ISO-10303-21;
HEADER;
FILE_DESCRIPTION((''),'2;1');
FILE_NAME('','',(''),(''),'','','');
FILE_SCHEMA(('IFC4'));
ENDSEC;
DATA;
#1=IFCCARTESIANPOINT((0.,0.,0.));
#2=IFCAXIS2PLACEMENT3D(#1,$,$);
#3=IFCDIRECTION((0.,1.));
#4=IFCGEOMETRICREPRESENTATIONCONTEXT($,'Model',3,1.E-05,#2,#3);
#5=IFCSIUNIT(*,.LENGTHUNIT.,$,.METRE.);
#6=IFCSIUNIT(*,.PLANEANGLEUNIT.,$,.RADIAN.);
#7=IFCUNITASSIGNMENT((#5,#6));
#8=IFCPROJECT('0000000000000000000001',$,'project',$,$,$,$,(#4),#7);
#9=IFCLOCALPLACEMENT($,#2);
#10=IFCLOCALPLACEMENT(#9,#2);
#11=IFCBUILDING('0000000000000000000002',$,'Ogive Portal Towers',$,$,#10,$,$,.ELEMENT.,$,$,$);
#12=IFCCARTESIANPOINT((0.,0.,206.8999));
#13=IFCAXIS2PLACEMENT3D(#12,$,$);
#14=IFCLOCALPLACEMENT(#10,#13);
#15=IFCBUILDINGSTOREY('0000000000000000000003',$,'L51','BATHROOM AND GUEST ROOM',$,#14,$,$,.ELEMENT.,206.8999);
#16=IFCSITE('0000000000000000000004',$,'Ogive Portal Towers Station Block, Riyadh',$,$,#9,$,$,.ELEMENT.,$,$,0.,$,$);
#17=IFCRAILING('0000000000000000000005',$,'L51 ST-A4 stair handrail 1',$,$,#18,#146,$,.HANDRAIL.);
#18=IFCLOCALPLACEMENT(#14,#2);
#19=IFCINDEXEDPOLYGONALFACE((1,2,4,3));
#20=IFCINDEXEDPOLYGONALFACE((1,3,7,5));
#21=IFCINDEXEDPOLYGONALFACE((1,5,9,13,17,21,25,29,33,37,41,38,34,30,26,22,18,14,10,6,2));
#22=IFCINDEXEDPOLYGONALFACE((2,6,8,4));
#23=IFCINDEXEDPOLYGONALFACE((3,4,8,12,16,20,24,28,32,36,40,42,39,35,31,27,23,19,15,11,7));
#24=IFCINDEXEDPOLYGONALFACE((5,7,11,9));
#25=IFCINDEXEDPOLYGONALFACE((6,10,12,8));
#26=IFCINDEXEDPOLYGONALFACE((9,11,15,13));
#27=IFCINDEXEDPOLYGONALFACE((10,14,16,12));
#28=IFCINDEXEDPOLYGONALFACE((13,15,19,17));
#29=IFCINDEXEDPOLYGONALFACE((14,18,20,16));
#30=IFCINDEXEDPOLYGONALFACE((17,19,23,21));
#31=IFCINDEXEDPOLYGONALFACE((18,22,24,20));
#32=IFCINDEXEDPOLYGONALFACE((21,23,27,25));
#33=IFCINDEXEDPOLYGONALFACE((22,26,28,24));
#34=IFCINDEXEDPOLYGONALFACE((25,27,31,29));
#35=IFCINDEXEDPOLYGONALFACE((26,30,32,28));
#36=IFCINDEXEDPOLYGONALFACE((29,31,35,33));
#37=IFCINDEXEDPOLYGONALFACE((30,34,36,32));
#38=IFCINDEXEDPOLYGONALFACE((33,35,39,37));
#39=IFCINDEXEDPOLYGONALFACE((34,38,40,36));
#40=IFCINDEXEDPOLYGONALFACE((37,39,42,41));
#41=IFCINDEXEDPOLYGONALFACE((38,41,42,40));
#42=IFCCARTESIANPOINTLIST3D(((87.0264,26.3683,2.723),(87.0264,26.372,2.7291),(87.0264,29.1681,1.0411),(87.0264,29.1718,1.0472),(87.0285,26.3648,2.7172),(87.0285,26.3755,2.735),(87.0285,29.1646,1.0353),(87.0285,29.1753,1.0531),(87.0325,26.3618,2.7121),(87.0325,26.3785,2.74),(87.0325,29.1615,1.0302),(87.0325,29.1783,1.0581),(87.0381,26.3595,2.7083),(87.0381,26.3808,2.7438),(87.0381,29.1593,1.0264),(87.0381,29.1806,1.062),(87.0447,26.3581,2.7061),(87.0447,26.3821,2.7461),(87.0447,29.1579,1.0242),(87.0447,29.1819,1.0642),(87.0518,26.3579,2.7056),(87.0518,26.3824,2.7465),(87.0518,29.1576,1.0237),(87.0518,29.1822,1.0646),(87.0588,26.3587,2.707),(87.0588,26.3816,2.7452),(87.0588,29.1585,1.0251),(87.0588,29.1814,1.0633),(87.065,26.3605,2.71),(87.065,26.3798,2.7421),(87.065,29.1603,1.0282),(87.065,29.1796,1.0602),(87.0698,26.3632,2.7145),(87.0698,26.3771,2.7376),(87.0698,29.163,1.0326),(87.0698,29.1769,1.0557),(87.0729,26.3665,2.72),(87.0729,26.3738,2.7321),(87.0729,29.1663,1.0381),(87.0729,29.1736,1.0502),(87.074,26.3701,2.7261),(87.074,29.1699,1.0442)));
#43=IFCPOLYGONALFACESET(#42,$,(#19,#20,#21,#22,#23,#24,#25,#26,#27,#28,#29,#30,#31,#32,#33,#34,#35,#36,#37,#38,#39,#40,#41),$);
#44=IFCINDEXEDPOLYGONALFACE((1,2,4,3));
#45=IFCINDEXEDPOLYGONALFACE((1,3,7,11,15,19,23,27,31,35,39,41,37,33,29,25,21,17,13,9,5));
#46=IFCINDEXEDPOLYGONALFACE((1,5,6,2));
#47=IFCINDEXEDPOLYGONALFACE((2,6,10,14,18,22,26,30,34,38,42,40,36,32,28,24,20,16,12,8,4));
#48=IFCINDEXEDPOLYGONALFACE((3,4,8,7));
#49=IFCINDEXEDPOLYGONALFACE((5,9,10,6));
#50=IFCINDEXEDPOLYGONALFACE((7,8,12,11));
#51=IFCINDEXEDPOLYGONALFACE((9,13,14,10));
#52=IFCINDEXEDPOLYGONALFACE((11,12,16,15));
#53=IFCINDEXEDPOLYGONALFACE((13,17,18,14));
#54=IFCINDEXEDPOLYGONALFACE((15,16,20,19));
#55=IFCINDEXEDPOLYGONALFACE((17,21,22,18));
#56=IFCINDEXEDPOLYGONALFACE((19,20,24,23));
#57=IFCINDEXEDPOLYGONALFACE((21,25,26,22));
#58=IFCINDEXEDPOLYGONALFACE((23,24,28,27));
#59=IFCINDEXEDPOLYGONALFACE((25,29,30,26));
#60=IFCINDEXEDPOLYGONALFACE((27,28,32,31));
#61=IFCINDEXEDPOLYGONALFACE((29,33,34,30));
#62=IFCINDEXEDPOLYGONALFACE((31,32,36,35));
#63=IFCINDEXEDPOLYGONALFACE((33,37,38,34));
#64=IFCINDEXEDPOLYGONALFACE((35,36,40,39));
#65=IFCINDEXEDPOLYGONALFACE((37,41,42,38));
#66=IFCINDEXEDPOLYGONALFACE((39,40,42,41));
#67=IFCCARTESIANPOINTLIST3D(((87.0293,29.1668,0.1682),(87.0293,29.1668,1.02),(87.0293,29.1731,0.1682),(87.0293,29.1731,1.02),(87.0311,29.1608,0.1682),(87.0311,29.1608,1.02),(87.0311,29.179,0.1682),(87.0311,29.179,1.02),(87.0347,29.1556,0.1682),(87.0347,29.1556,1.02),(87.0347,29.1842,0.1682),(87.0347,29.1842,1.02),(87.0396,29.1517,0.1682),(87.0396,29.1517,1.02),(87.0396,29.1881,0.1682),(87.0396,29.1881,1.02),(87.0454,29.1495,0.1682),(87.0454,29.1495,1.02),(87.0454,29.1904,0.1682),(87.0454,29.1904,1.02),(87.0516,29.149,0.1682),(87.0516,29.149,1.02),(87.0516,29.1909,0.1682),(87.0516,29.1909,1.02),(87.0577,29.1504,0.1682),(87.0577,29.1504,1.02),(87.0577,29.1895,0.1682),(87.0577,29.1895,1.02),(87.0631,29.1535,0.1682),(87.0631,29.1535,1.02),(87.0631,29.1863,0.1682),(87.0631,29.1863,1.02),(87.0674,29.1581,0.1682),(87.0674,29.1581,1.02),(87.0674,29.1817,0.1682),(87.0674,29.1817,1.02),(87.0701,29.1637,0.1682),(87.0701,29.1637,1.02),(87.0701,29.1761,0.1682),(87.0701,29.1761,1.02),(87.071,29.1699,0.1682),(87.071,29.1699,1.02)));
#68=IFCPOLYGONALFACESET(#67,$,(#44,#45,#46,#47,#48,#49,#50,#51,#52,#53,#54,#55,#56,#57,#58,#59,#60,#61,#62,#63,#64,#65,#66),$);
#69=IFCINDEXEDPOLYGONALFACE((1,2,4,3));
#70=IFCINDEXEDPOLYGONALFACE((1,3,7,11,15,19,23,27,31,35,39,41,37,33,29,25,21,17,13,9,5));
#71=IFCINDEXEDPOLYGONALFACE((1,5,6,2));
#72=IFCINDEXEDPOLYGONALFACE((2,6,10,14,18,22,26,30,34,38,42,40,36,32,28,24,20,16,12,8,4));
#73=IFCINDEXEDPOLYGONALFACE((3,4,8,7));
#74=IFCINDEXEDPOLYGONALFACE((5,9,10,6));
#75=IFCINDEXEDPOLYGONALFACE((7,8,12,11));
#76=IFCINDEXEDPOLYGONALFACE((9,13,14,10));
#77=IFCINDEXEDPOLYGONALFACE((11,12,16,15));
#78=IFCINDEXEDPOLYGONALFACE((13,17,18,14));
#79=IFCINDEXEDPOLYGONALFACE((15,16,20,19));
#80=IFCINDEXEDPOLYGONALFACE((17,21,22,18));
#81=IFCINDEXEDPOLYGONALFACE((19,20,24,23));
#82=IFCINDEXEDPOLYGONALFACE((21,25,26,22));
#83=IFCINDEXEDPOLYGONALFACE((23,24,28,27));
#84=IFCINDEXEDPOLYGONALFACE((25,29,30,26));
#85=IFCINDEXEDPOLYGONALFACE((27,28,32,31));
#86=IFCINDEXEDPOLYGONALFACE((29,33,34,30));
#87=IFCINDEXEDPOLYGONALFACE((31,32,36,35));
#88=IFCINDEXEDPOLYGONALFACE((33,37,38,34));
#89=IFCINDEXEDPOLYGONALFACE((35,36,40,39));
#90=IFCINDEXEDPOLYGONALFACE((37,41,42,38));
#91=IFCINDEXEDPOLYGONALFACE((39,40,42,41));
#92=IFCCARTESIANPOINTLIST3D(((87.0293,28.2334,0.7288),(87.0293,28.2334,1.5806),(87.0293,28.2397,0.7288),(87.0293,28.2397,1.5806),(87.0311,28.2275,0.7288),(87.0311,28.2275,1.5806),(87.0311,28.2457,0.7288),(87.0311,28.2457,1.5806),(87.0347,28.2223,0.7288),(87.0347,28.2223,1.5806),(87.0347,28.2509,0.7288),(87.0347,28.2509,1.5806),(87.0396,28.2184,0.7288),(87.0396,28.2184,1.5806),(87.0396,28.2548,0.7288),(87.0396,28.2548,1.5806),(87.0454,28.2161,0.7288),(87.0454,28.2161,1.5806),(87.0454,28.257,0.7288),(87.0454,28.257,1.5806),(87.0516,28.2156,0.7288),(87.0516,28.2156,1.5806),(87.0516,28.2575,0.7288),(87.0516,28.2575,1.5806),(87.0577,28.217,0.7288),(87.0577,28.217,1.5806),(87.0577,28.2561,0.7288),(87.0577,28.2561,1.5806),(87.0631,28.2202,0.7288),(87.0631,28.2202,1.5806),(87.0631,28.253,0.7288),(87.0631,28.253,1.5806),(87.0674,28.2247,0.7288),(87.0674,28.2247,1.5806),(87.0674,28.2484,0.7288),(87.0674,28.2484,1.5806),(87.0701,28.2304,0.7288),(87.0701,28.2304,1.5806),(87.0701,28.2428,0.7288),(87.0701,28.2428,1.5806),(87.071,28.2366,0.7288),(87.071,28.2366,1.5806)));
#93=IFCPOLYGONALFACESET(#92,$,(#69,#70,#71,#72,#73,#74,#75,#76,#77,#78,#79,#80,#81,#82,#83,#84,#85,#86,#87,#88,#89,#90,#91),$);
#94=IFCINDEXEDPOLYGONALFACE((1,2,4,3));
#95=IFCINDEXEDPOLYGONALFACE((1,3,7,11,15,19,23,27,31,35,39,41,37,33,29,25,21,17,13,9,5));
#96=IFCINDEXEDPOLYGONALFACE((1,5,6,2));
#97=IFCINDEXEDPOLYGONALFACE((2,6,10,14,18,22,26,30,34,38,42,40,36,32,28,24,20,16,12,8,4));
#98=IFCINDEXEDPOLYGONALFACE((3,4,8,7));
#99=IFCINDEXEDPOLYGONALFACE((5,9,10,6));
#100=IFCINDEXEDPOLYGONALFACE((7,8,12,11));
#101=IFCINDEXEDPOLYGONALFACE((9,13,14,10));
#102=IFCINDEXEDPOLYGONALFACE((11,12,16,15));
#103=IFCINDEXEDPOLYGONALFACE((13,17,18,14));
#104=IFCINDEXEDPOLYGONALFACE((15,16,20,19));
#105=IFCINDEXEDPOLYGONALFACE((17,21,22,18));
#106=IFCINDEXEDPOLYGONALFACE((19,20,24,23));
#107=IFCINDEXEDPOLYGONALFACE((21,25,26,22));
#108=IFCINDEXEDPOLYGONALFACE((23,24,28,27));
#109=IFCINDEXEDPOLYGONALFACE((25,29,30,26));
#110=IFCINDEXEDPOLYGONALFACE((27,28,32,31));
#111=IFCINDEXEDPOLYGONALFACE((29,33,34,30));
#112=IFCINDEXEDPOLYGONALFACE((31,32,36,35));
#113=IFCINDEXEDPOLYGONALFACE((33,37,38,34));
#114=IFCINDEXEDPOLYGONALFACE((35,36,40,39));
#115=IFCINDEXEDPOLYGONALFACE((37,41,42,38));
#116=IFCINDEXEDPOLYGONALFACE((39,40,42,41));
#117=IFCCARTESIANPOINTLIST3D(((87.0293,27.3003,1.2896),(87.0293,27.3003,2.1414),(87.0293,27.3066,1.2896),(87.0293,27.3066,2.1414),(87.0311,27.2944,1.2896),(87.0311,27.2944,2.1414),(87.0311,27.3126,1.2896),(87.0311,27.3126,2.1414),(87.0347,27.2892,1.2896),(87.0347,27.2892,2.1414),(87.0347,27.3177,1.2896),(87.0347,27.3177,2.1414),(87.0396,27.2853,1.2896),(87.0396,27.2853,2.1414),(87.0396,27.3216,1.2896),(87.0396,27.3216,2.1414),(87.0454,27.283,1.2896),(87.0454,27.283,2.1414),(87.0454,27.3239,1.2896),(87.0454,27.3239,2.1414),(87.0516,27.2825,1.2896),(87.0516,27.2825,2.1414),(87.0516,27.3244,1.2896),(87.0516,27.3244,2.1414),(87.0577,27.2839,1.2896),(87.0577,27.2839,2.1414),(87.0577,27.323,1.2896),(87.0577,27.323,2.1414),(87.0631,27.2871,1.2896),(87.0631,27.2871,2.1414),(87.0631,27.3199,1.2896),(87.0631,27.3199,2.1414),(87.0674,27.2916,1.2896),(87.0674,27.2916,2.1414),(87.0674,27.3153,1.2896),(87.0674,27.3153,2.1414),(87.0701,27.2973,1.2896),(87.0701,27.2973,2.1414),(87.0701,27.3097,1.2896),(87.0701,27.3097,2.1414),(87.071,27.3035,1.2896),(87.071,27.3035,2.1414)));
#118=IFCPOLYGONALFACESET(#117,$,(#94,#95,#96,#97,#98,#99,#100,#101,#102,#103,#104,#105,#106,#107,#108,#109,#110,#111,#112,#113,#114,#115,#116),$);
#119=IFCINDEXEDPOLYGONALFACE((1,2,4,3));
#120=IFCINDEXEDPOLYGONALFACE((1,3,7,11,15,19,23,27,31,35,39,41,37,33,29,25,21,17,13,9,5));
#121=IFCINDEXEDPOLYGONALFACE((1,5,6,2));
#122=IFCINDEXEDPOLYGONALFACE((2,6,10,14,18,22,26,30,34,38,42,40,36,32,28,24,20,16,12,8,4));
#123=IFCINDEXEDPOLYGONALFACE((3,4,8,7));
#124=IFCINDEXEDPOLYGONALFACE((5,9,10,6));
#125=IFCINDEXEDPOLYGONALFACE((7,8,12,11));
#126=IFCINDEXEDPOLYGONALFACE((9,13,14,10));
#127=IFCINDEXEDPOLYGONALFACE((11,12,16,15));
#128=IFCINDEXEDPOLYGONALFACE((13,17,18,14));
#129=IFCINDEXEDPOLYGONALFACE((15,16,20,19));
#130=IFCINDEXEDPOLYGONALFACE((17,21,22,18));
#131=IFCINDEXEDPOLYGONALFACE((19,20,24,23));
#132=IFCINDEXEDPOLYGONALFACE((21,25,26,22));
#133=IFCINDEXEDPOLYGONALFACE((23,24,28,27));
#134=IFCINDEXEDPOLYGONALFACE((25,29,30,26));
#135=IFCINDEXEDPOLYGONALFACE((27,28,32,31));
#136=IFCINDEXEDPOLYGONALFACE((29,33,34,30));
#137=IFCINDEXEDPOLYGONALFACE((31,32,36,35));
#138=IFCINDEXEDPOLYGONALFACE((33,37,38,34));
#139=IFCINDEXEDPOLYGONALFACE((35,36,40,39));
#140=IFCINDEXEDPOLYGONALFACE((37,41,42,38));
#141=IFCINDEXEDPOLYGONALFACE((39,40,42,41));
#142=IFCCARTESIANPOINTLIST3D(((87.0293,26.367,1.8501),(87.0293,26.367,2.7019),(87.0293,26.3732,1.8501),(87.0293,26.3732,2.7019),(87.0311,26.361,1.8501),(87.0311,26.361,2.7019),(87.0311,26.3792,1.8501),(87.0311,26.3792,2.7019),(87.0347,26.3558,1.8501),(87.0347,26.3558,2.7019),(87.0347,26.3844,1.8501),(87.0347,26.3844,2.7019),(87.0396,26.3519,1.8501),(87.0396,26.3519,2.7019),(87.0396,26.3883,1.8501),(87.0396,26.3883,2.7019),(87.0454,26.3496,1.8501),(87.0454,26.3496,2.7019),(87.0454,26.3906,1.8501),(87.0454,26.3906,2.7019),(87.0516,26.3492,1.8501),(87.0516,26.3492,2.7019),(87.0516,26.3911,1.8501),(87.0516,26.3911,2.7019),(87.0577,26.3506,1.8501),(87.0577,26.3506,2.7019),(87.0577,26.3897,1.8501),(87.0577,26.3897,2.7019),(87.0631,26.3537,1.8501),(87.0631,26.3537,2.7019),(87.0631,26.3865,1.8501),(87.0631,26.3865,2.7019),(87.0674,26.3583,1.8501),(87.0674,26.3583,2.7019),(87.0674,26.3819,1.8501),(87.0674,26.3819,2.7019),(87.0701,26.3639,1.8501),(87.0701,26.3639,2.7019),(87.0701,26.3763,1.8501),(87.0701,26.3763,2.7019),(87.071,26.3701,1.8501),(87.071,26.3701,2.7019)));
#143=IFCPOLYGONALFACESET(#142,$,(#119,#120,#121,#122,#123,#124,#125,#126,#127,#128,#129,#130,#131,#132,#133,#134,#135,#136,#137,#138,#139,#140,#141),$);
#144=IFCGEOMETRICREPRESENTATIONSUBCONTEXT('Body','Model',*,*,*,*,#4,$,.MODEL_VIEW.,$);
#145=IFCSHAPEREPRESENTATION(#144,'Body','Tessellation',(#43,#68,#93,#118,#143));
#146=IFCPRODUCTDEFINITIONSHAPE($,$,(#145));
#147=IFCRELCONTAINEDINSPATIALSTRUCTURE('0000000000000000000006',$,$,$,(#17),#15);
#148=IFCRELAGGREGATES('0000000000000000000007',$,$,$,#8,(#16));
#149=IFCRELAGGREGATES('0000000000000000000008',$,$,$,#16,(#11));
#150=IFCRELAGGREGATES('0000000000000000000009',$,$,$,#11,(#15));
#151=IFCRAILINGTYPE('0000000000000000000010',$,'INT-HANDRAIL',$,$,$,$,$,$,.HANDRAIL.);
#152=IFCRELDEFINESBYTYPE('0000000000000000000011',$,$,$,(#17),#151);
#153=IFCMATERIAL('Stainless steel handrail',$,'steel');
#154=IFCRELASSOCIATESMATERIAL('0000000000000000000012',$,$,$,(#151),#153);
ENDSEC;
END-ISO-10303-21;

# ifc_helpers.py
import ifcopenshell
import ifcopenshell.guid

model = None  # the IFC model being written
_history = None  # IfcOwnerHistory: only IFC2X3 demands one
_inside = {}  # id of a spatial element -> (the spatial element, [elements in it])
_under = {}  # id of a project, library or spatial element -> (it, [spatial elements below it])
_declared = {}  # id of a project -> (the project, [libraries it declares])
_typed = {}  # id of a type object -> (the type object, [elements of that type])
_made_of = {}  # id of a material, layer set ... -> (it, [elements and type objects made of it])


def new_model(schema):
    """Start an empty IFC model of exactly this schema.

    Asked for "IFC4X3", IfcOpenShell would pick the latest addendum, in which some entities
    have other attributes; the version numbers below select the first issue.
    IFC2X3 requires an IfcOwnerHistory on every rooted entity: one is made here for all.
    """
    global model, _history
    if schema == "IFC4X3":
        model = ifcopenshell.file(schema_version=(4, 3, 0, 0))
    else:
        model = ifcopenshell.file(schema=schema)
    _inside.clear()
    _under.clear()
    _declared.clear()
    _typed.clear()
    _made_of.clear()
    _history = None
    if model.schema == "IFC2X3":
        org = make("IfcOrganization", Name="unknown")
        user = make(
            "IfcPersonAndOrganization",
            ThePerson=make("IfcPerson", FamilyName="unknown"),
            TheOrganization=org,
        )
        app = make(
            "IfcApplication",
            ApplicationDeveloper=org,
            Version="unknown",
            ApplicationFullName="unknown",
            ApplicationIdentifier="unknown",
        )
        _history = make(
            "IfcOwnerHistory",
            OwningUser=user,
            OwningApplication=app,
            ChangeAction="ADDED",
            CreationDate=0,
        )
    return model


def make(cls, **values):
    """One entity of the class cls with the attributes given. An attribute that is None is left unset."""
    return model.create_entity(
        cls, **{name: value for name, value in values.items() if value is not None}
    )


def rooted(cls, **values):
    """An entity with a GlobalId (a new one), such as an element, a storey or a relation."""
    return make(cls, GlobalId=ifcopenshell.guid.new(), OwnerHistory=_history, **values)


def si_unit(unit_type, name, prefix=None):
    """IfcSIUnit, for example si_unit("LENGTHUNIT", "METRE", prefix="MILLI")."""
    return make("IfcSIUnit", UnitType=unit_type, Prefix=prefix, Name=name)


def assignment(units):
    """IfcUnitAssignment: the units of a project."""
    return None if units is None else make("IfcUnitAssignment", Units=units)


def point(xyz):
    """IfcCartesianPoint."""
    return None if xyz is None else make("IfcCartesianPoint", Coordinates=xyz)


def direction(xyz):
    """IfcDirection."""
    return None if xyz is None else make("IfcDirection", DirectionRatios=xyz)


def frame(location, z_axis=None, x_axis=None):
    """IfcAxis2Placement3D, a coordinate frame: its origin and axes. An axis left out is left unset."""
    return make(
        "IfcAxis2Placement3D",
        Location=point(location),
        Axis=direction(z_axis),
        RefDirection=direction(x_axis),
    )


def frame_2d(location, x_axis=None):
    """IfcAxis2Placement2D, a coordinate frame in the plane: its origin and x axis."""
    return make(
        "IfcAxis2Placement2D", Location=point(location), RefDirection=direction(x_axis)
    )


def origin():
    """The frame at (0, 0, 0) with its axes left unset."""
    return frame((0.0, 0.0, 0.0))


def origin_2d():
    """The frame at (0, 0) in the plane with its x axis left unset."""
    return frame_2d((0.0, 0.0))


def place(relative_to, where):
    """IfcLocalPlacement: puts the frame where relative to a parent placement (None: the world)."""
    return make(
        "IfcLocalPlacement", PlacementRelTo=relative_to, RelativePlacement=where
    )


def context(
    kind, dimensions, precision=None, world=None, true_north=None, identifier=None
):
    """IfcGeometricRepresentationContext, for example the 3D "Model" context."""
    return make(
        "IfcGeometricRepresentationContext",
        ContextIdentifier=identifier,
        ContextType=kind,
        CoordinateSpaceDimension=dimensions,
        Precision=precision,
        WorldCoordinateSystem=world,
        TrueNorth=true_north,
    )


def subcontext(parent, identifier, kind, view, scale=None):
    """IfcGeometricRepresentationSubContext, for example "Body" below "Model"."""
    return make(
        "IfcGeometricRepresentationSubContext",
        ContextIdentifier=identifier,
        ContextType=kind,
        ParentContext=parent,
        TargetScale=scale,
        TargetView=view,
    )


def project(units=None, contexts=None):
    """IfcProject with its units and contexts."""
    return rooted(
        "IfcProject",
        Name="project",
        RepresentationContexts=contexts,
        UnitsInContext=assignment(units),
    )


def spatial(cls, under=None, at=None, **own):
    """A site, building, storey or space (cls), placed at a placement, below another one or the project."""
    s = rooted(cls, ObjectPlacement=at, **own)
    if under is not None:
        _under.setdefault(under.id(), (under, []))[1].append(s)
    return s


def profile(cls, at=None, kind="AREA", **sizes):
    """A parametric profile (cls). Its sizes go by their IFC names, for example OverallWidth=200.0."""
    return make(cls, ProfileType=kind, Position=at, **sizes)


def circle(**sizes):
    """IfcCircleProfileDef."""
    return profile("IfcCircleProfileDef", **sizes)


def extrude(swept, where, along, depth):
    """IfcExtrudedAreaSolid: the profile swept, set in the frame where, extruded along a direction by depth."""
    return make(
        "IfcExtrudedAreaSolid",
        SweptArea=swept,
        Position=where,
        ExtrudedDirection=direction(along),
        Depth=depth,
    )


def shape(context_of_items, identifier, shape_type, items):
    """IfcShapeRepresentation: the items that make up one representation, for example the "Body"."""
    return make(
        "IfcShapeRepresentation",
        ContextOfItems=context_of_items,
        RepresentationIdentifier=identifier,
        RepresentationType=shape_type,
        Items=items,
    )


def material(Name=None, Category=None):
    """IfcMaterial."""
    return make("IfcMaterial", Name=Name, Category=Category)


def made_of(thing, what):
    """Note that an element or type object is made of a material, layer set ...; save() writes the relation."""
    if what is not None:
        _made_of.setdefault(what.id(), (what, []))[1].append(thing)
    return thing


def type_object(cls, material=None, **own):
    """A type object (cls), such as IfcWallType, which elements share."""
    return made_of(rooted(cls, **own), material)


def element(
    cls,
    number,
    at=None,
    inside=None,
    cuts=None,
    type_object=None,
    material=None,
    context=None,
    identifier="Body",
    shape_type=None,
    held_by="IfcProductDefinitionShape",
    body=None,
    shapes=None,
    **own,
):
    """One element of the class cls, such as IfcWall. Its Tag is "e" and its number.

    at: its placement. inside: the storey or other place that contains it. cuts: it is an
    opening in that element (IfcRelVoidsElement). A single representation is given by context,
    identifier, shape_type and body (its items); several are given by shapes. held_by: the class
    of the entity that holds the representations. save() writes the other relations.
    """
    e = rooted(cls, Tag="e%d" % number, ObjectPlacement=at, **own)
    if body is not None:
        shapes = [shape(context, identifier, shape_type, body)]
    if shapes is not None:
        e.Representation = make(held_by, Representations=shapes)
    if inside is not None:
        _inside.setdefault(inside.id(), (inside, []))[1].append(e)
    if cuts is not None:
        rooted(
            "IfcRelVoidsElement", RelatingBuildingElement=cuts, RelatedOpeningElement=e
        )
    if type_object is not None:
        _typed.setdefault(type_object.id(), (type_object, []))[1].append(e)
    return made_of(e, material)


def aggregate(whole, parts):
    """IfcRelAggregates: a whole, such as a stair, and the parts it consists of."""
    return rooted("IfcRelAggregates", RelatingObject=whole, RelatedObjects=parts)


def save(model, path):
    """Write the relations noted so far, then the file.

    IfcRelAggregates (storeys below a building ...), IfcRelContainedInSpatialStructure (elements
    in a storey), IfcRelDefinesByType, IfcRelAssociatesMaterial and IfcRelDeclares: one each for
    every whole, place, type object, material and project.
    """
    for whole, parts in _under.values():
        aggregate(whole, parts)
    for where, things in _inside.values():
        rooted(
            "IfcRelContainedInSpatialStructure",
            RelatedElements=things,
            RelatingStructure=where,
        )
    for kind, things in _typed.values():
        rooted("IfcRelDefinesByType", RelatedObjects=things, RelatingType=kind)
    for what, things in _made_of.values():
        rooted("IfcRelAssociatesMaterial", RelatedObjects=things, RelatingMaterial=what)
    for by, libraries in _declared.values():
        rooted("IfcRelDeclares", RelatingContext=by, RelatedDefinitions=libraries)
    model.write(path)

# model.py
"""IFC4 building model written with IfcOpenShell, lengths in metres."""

from ifc_helpers import new_model, si_unit, direction, frame, origin, origin_2d, place, context, subcontext, project, spatial, circle, extrude, material, type_object, element, save


model = new_model("IFC4")

# Units and contexts
model_context = context("Model", 3, precision=1e-05, world=origin(), true_north=direction((0.0, 1.0)))
body_context = subcontext(model_context, "Body", "Model", "MODEL_VIEW")
ifc_project = project(units=[si_unit("LENGTHUNIT", "METRE"), si_unit("PLANEANGLEUNIT", "RADIAN")], contexts=[model_context])

# Site, building, storey
site_placement = place(None, origin())
site = spatial("IfcSite", under=ifc_project, at=site_placement, Name="Ogive Portal Towers Station Block, Riyadh", CompositionType="ELEMENT", RefElevation=0.0)
building_placement = place(site_placement, origin())
building = spatial("IfcBuilding", under=site, at=building_placement, Name="Ogive Portal Towers", CompositionType="ELEMENT")
storey_placement = place(building_placement, frame((0.0, 0.0, 206.8999)))
storey = spatial("IfcBuildingStorey", under=building, at=storey_placement, Name="L51", Description="BATHROOM AND GUEST ROOM", CompositionType="ELEMENT", Elevation=206.8999)

# Railing
ifc_material_1 = material(Name="Stainless steel handrail", Category="steel")
railing_type_1 = type_object("IfcRailingType", Name="INT-HANDRAIL", PredefinedType="HANDRAIL", material=ifc_material_1)
railing_1_placement = place(storey_placement, frame((87.05, 29.1699, 0.1682)))
element("IfcRailing", 1, at=railing_1_placement, inside=storey, type_object=railing_type_1, Name="L51 ST-A4 stair handrail 1", PredefinedType="HANDRAIL", context=body_context, shape_type="SweptSolid", body=[
    extrude(circle(Radius=0.0239, at=origin_2d()), frame((0.0, 0.0, 0.876), z_axis=(0.0, -0.857222, 0.514946), x_axis=(1.0, 0.0, 0.0)), (0.0, 0.0, 1.0), 3.2661),
    extrude(circle(Radius=0.021, at=origin_2d()), origin(), (0.0, 0.0, 1.0), 0.8518),
    extrude(circle(Radius=0.021, at=origin_2d()), frame((0.0, -0.9333, 0.5605)), (0.0, 0.0, 1.0), 0.8518),
    extrude(circle(Radius=0.021, at=origin_2d()), frame((0.0, -1.8665, 1.1213)), (0.0, 0.0, 1.0), 0.8518),
    extrude(circle(Radius=0.021, at=origin_2d()), frame((0.0, -2.7998, 1.6819)), (0.0, 0.0, 1.0), 0.8518),
])

save(model, "model.ifc")
